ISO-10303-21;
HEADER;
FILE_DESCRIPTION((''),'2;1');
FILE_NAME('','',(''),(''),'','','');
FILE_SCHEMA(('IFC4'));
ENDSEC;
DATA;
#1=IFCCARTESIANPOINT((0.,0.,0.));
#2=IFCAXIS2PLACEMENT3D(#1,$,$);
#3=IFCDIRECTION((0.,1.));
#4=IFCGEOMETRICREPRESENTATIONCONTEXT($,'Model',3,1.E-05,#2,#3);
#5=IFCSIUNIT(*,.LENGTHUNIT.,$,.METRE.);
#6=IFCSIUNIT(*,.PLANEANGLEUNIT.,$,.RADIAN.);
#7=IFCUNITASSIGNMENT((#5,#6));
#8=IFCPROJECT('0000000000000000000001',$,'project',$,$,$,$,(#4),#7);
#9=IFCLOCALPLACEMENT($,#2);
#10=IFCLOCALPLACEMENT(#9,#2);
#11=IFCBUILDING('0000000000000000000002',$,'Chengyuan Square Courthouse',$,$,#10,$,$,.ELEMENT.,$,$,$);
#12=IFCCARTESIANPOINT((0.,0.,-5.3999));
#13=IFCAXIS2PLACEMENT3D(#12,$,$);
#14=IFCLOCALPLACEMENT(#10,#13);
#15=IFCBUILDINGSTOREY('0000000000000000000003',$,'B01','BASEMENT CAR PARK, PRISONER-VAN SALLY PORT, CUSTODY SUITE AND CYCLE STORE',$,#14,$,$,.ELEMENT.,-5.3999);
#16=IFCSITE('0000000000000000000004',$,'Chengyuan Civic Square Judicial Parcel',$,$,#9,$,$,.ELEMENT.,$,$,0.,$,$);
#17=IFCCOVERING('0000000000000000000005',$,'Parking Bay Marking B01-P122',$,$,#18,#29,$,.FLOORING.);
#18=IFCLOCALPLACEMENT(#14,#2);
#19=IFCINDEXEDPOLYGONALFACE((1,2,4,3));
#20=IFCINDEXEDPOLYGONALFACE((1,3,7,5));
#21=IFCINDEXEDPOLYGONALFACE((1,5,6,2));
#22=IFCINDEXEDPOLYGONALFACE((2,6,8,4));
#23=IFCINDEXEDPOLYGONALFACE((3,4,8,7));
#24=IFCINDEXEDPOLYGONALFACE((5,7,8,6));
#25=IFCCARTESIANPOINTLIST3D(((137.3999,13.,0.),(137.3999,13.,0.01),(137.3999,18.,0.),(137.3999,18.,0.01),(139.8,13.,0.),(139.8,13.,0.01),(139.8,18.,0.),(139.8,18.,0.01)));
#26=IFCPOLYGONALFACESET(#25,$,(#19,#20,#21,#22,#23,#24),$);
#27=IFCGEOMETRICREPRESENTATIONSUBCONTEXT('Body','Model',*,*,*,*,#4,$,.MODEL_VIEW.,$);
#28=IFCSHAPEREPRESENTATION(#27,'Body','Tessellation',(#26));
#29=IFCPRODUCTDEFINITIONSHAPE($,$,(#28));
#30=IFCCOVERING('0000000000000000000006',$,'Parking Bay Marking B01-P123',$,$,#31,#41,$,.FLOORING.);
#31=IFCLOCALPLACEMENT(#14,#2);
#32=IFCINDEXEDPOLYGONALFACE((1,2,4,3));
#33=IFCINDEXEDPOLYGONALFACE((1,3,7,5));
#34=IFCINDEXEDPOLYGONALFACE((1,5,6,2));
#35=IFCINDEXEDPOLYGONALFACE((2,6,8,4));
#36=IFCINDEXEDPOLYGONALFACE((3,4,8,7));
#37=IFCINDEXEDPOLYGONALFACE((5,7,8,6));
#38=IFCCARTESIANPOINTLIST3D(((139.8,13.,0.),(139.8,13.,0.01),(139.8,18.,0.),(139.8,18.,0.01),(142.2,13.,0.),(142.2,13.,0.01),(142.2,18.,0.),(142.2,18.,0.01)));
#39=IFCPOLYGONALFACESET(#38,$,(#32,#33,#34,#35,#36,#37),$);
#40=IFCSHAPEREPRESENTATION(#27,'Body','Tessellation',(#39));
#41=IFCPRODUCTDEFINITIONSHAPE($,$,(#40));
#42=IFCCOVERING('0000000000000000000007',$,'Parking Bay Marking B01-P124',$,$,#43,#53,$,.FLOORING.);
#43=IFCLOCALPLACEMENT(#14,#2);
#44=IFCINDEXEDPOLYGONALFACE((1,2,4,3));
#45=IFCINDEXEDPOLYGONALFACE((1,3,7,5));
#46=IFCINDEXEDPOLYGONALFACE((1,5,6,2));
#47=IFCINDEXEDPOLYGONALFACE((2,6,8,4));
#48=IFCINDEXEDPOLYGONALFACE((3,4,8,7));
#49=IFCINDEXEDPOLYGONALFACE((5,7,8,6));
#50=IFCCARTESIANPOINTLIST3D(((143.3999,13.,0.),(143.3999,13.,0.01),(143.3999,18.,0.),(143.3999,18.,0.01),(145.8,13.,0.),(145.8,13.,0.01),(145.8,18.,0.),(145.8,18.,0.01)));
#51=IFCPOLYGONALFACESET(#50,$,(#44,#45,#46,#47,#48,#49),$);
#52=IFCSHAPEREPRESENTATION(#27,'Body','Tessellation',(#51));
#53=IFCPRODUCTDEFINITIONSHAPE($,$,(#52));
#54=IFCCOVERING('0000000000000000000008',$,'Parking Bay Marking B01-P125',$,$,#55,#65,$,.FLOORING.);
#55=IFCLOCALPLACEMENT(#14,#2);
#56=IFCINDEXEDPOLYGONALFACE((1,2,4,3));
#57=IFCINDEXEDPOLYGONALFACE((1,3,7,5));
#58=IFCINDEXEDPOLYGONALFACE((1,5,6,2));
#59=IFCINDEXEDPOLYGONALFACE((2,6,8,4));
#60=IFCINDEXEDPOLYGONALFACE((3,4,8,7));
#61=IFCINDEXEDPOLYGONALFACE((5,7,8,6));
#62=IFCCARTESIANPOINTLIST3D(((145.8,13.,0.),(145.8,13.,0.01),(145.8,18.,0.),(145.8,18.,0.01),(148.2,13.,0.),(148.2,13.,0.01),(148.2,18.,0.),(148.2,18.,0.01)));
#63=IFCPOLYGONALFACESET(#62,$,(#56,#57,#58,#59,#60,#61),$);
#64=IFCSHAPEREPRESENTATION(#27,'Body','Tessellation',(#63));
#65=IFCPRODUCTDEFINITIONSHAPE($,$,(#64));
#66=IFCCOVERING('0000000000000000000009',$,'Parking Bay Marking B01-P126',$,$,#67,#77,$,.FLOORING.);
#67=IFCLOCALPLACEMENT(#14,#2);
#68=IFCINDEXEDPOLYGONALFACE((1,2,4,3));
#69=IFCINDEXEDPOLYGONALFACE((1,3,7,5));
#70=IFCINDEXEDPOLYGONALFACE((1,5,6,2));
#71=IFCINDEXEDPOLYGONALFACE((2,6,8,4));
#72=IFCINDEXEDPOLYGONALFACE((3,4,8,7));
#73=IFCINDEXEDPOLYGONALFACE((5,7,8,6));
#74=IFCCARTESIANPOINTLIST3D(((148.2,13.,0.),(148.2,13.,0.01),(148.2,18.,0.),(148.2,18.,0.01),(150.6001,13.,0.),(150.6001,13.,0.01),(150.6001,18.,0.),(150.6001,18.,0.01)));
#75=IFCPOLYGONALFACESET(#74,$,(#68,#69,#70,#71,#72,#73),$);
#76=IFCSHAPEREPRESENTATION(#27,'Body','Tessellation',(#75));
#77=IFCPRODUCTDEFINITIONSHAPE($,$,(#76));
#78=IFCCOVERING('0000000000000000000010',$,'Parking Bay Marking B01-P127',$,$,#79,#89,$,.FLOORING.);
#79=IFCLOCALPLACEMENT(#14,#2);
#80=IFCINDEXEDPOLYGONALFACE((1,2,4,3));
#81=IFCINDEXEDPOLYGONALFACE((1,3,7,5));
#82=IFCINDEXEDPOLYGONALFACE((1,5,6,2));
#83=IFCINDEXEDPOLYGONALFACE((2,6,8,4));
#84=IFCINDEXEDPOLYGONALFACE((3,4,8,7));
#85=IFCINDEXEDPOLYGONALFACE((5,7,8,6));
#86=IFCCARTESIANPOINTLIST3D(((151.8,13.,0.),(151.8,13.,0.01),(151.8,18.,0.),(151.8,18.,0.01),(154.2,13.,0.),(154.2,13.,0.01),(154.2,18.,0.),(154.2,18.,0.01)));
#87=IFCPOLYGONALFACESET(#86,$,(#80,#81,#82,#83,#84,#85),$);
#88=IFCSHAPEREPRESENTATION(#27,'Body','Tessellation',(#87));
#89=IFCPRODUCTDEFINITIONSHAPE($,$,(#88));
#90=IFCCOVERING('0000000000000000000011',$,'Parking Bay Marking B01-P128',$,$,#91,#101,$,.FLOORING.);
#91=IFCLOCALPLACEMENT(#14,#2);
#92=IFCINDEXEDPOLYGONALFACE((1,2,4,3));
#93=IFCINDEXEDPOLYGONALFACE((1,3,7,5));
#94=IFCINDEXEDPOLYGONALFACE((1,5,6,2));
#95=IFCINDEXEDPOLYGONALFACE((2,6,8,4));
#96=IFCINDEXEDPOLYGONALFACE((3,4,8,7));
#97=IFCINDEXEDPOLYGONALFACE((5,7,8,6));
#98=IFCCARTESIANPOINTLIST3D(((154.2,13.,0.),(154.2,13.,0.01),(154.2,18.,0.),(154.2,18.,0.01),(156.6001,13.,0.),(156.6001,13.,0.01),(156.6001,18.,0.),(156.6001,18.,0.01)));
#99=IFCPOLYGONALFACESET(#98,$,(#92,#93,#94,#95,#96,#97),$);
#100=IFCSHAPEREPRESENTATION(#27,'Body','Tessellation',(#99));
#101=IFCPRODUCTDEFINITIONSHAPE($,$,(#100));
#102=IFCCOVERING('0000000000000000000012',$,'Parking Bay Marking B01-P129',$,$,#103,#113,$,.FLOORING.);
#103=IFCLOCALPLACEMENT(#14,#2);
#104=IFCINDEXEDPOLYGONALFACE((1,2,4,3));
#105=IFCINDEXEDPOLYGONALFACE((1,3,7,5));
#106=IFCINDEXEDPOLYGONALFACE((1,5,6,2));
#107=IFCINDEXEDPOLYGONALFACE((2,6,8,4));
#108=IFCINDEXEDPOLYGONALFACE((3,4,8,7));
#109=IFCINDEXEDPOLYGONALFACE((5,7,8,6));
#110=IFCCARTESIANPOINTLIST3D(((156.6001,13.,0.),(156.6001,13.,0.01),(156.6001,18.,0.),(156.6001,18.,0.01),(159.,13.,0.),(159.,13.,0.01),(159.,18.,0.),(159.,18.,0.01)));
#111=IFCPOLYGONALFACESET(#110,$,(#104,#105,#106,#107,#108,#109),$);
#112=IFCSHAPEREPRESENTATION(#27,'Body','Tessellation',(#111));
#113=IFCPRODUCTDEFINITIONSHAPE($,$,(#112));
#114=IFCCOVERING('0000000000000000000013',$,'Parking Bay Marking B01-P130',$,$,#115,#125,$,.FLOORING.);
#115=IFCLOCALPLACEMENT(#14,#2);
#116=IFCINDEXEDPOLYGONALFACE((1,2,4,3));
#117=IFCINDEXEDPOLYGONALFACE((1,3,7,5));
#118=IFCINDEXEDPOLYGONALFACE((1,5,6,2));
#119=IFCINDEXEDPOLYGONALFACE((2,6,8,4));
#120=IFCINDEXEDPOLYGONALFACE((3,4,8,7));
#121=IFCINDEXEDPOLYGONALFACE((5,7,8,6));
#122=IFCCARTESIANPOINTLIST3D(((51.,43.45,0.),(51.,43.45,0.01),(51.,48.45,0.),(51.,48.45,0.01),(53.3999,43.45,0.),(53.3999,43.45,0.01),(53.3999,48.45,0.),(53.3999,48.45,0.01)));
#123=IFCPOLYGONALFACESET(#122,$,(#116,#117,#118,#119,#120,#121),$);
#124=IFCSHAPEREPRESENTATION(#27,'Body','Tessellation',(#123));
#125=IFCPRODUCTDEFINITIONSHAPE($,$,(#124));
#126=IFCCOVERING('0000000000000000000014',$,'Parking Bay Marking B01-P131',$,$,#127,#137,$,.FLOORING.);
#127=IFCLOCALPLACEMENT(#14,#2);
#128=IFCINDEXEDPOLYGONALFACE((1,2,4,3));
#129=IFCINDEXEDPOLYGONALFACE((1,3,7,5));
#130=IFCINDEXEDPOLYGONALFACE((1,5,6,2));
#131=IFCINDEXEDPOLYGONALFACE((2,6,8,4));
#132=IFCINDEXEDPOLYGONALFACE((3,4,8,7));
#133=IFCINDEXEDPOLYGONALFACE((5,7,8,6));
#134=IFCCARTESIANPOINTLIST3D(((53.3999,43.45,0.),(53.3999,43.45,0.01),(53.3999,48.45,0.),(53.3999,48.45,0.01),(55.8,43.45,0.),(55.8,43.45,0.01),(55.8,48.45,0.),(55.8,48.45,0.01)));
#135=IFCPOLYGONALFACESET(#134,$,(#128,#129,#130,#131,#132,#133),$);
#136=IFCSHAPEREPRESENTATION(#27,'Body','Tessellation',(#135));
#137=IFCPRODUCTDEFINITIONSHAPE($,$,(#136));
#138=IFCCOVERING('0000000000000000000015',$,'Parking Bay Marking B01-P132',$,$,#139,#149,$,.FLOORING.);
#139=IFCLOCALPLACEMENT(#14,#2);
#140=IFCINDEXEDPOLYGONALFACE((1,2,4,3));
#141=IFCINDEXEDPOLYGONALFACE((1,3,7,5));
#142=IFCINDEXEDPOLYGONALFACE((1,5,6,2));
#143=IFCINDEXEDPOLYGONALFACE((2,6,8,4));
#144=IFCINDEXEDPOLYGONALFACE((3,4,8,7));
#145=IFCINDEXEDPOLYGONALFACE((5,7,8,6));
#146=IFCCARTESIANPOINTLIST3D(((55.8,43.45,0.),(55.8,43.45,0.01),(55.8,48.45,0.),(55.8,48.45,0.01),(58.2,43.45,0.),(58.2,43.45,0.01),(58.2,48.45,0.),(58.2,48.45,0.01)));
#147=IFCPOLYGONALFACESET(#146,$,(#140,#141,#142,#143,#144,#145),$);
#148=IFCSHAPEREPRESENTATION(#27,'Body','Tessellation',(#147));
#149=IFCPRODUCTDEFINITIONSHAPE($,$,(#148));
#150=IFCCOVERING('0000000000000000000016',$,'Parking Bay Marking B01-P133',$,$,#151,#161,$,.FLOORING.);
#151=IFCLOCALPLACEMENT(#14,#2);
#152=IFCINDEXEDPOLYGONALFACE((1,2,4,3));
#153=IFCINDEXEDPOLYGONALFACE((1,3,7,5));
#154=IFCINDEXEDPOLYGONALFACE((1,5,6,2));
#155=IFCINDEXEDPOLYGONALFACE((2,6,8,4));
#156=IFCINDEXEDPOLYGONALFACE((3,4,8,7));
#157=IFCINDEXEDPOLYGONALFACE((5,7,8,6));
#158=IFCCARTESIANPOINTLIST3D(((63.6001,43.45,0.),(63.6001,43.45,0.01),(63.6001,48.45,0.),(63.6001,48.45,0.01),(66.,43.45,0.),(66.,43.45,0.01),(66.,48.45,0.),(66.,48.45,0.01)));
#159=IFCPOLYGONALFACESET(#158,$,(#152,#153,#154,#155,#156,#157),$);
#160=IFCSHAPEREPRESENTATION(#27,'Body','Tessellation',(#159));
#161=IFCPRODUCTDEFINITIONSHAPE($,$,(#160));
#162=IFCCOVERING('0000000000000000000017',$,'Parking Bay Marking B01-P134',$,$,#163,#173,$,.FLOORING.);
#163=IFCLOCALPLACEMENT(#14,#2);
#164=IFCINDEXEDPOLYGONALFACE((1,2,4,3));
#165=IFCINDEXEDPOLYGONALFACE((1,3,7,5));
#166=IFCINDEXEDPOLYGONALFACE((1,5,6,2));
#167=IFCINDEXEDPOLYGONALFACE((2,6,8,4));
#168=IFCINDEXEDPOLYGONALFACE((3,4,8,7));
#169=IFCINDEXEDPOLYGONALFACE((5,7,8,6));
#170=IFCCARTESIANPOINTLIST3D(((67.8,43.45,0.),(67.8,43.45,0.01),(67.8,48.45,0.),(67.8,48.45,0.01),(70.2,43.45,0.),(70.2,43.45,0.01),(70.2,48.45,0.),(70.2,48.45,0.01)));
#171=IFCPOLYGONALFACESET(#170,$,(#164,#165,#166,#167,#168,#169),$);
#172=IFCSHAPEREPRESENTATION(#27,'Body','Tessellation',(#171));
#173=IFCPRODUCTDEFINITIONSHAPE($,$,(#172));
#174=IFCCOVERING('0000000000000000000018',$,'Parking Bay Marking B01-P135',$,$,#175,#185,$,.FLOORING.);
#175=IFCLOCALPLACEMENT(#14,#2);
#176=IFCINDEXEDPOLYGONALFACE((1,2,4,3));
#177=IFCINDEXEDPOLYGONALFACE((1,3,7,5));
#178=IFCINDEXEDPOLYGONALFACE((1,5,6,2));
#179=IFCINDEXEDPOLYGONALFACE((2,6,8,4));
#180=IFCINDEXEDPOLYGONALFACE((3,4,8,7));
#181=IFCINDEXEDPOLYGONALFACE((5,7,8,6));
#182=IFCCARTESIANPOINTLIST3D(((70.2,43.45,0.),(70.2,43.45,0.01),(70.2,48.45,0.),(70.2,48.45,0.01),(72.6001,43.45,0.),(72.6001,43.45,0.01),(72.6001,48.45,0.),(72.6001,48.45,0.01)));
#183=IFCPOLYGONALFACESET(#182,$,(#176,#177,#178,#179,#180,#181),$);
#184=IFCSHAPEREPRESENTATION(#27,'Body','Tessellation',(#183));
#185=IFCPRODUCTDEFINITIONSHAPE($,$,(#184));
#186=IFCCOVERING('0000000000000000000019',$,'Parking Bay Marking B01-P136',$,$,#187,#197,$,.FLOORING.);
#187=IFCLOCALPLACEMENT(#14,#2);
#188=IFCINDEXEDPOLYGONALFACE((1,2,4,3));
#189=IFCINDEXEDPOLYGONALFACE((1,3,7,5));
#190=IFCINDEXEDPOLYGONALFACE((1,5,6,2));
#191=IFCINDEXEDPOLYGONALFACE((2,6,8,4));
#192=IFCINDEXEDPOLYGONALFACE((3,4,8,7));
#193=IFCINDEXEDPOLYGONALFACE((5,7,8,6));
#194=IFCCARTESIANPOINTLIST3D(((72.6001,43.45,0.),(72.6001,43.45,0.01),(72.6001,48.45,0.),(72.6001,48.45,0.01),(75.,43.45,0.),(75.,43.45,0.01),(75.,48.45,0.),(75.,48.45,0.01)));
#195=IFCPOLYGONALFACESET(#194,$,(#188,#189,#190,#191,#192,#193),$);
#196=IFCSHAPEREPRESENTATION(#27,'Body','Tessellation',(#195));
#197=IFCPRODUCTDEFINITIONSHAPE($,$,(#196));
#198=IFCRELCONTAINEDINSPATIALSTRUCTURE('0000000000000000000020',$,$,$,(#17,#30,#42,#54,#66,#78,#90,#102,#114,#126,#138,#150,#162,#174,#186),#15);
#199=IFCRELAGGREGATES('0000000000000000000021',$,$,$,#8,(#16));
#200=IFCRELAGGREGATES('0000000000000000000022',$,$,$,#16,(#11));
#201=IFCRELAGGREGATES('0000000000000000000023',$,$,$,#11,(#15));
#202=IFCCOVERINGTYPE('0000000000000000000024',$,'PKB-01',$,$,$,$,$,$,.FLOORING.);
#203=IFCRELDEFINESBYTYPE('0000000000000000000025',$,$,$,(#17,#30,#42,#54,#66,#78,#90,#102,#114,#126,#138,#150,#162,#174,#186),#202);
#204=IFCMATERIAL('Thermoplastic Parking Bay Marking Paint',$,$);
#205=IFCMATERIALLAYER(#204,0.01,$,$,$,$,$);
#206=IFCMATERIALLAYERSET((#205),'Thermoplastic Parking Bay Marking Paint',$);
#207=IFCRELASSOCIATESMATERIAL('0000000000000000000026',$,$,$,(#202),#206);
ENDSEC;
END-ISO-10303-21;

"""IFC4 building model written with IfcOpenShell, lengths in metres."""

from ifc_helpers import new_model, si_unit, direction, frame, origin, place, context, subcontext, project, spatial, polyline, outline, extrude, material, layer, layer_set, type_object, element, save


model = new_model("IFC4")

# Units and contexts
model_context = context("Model", 3, precision=1e-05, world=origin(), true_north=direction((0.0, 1.0)))
body_context = subcontext(model_context, "Body", "Model", "MODEL_VIEW")
ifc_project = project(units=[si_unit("LENGTHUNIT", "METRE"), si_unit("PLANEANGLEUNIT", "RADIAN")], contexts=[model_context])

# Site, building, storey
site_placement = place(None, origin())
site = spatial("IfcSite", under=ifc_project, at=site_placement, Name="Chengyuan Civic Square Judicial Parcel", CompositionType="ELEMENT", RefElevation=0.0)
building_placement = place(site_placement, origin())
building = spatial("IfcBuilding", under=site, at=building_placement, Name="Chengyuan Square Courthouse", CompositionType="ELEMENT")
storey_placement = place(building_placement, frame((0.0, 0.0, -5.3999)))
storey = spatial("IfcBuildingStorey", under=building, at=storey_placement, Name="B01", Description="BASEMENT CAR PARK, PRISONER-VAN SALLY PORT, CUSTODY SUITE AND CYCLE STORE", CompositionType="ELEMENT", Elevation=-5.3999)

# Coverings
ifc_material_1 = material(Name="Thermoplastic Parking Bay Marking Paint")
ifc_layer_1 = layer(ifc_material_1, 0.01)
ifc_layer_set_1 = layer_set([ifc_layer_1], Name="Thermoplastic Parking Bay Marking Paint")
covering_type_1 = type_object("IfcCoveringType", Name="PKB-01", PredefinedType="FLOORING", material=ifc_layer_set_1)
covering_1_placement = place(storey_placement, origin())
element("IfcCovering", 1, at=covering_1_placement, inside=storey, type_object=covering_type_1, Name="Parking Bay Marking B01-P122", PredefinedType="FLOORING", context=body_context, shape_type="SweptSolid", body=[
    extrude(outline(polyline([(137.3999, 13.0), (139.8, 13.0), (139.8, 18.0), (137.3999, 18.0), (137.3999, 13.0)])), origin(), (0.0, 0.0, 1.0), 0.01),
])
covering_2_placement = place(storey_placement, origin())
element("IfcCovering", 2, at=covering_2_placement, inside=storey, type_object=covering_type_1, Name="Parking Bay Marking B01-P123", PredefinedType="FLOORING", context=body_context, shape_type="SweptSolid", body=[
    extrude(outline(polyline([(139.8, 13.0), (142.2, 13.0), (142.2, 18.0), (139.8, 18.0), (139.8, 13.0)])), origin(), (0.0, 0.0, 1.0), 0.01),
])
covering_3_placement = place(storey_placement, origin())
element("IfcCovering", 3, at=covering_3_placement, inside=storey, type_object=covering_type_1, Name="Parking Bay Marking B01-P124", PredefinedType="FLOORING", context=body_context, shape_type="SweptSolid", body=[
    extrude(outline(polyline([(143.3999, 13.0), (145.8, 13.0), (145.8, 18.0), (143.3999, 18.0), (143.3999, 13.0)])), origin(), (0.0, 0.0, 1.0), 0.01),
])
covering_4_placement = place(storey_placement, origin())
element("IfcCovering", 4, at=covering_4_placement, inside=storey, type_object=covering_type_1, Name="Parking Bay Marking B01-P125", PredefinedType="FLOORING", context=body_context, shape_type="SweptSolid", body=[
    extrude(outline(polyline([(145.8, 13.0), (148.2, 13.0), (148.2, 18.0), (145.8, 18.0), (145.8, 13.0)])), origin(), (0.0, 0.0, 1.0), 0.01),
])
covering_5_placement = place(storey_placement, origin())
element("IfcCovering", 5, at=covering_5_placement, inside=storey, type_object=covering_type_1, Name="Parking Bay Marking B01-P126", PredefinedType="FLOORING", context=body_context, shape_type="SweptSolid", body=[
    extrude(outline(polyline([(148.2, 13.0), (150.6001, 13.0), (150.6001, 18.0), (148.2, 18.0), (148.2, 13.0)])), origin(), (0.0, 0.0, 1.0), 0.01),
])
covering_6_placement = place(storey_placement, origin())
element("IfcCovering", 6, at=covering_6_placement, inside=storey, type_object=covering_type_1, Name="Parking Bay Marking B01-P127", PredefinedType="FLOORING", context=body_context, shape_type="SweptSolid", body=[
    extrude(outline(polyline([(151.8, 13.0), (154.2, 13.0), (154.2, 18.0), (151.8, 18.0), (151.8, 13.0)])), origin(), (0.0, 0.0, 1.0), 0.01),
])
covering_7_placement = place(storey_placement, origin())
element("IfcCovering", 7, at=covering_7_placement, inside=storey, type_object=covering_type_1, Name="Parking Bay Marking B01-P128", PredefinedType="FLOORING", context=body_context, shape_type="SweptSolid", body=[
    extrude(outline(polyline([(154.2, 13.0), (156.6001, 13.0), (156.6001, 18.0), (154.2, 18.0), (154.2, 13.0)])), origin(), (0.0, 0.0, 1.0), 0.01),
])
covering_8_placement = place(storey_placement, origin())
element("IfcCovering", 8, at=covering_8_placement, inside=storey, type_object=covering_type_1, Name="Parking Bay Marking B01-P129", PredefinedType="FLOORING", context=body_context, shape_type="SweptSolid", body=[
    extrude(outline(polyline([(156.6001, 13.0), (159.0, 13.0), (159.0, 18.0), (156.6001, 18.0), (156.6001, 13.0)])), origin(), (0.0, 0.0, 1.0), 0.01),
])
covering_9_placement = place(storey_placement, origin())
element("IfcCovering", 9, at=covering_9_placement, inside=storey, type_object=covering_type_1, Name="Parking Bay Marking B01-P130", PredefinedType="FLOORING", context=body_context, shape_type="SweptSolid", body=[
    extrude(outline(polyline([(51.0, 43.45), (53.3999, 43.45), (53.3999, 48.45), (51.0, 48.45), (51.0, 43.45)])), origin(), (0.0, 0.0, 1.0), 0.01),
])
covering_10_placement = place(storey_placement, origin())
element("IfcCovering", 10, at=covering_10_placement, inside=storey, type_object=covering_type_1, Name="Parking Bay Marking B01-P131", PredefinedType="FLOORING", context=body_context, shape_type="SweptSolid", body=[
    extrude(outline(polyline([(53.3999, 43.45), (55.8, 43.45), (55.8, 48.45), (53.3999, 48.45), (53.3999, 43.45)])), origin(), (0.0, 0.0, 1.0), 0.01),
])
covering_11_placement = place(storey_placement, origin())
element("IfcCovering", 11, at=covering_11_placement, inside=storey, type_object=covering_type_1, Name="Parking Bay Marking B01-P132", PredefinedType="FLOORING", context=body_context, shape_type="SweptSolid", body=[
    extrude(outline(polyline([(55.8, 43.45), (58.2, 43.45), (58.2, 48.45), (55.8, 48.45), (55.8, 43.45)])), origin(), (0.0, 0.0, 1.0), 0.01),
])
covering_12_placement = place(storey_placement, origin())
element("IfcCovering", 12, at=covering_12_placement, inside=storey, type_object=covering_type_1, Name="Parking Bay Marking B01-P133", PredefinedType="FLOORING", context=body_context, shape_type="SweptSolid", body=[
    extrude(outline(polyline([(63.6001, 43.45), (66.0, 43.45), (66.0, 48.45), (63.6001, 48.45), (63.6001, 43.45)])), origin(), (0.0, 0.0, 1.0), 0.01),
])
covering_13_placement = place(storey_placement, origin())
element("IfcCovering", 13, at=covering_13_placement, inside=storey, type_object=covering_type_1, Name="Parking Bay Marking B01-P134", PredefinedType="FLOORING", context=body_context, shape_type="SweptSolid", body=[
    extrude(outline(polyline([(67.8, 43.45), (70.2, 43.45), (70.2, 48.45), (67.8, 48.45), (67.8, 43.45)])), origin(), (0.0, 0.0, 1.0), 0.01),
])
covering_14_placement = place(storey_placement, origin())
element("IfcCovering", 14, at=covering_14_placement, inside=storey, type_object=covering_type_1, Name="Parking Bay Marking B01-P135", PredefinedType="FLOORING", context=body_context, shape_type="SweptSolid", body=[
    extrude(outline(polyline([(70.2, 43.45), (72.6001, 43.45), (72.6001, 48.45), (70.2, 48.45), (70.2, 43.45)])), origin(), (0.0, 0.0, 1.0), 0.01),
])
covering_15_placement = place(storey_placement, origin())
element("IfcCovering", 15, at=covering_15_placement, inside=storey, type_object=covering_type_1, Name="Parking Bay Marking B01-P136", PredefinedType="FLOORING", context=body_context, shape_type="SweptSolid", body=[
    extrude(outline(polyline([(72.6001, 43.45), (75.0, 43.45), (75.0, 48.45), (72.6001, 48.45), (72.6001, 43.45)])), origin(), (0.0, 0.0, 1.0), 0.01),
])

save(model, "model.ifc")
